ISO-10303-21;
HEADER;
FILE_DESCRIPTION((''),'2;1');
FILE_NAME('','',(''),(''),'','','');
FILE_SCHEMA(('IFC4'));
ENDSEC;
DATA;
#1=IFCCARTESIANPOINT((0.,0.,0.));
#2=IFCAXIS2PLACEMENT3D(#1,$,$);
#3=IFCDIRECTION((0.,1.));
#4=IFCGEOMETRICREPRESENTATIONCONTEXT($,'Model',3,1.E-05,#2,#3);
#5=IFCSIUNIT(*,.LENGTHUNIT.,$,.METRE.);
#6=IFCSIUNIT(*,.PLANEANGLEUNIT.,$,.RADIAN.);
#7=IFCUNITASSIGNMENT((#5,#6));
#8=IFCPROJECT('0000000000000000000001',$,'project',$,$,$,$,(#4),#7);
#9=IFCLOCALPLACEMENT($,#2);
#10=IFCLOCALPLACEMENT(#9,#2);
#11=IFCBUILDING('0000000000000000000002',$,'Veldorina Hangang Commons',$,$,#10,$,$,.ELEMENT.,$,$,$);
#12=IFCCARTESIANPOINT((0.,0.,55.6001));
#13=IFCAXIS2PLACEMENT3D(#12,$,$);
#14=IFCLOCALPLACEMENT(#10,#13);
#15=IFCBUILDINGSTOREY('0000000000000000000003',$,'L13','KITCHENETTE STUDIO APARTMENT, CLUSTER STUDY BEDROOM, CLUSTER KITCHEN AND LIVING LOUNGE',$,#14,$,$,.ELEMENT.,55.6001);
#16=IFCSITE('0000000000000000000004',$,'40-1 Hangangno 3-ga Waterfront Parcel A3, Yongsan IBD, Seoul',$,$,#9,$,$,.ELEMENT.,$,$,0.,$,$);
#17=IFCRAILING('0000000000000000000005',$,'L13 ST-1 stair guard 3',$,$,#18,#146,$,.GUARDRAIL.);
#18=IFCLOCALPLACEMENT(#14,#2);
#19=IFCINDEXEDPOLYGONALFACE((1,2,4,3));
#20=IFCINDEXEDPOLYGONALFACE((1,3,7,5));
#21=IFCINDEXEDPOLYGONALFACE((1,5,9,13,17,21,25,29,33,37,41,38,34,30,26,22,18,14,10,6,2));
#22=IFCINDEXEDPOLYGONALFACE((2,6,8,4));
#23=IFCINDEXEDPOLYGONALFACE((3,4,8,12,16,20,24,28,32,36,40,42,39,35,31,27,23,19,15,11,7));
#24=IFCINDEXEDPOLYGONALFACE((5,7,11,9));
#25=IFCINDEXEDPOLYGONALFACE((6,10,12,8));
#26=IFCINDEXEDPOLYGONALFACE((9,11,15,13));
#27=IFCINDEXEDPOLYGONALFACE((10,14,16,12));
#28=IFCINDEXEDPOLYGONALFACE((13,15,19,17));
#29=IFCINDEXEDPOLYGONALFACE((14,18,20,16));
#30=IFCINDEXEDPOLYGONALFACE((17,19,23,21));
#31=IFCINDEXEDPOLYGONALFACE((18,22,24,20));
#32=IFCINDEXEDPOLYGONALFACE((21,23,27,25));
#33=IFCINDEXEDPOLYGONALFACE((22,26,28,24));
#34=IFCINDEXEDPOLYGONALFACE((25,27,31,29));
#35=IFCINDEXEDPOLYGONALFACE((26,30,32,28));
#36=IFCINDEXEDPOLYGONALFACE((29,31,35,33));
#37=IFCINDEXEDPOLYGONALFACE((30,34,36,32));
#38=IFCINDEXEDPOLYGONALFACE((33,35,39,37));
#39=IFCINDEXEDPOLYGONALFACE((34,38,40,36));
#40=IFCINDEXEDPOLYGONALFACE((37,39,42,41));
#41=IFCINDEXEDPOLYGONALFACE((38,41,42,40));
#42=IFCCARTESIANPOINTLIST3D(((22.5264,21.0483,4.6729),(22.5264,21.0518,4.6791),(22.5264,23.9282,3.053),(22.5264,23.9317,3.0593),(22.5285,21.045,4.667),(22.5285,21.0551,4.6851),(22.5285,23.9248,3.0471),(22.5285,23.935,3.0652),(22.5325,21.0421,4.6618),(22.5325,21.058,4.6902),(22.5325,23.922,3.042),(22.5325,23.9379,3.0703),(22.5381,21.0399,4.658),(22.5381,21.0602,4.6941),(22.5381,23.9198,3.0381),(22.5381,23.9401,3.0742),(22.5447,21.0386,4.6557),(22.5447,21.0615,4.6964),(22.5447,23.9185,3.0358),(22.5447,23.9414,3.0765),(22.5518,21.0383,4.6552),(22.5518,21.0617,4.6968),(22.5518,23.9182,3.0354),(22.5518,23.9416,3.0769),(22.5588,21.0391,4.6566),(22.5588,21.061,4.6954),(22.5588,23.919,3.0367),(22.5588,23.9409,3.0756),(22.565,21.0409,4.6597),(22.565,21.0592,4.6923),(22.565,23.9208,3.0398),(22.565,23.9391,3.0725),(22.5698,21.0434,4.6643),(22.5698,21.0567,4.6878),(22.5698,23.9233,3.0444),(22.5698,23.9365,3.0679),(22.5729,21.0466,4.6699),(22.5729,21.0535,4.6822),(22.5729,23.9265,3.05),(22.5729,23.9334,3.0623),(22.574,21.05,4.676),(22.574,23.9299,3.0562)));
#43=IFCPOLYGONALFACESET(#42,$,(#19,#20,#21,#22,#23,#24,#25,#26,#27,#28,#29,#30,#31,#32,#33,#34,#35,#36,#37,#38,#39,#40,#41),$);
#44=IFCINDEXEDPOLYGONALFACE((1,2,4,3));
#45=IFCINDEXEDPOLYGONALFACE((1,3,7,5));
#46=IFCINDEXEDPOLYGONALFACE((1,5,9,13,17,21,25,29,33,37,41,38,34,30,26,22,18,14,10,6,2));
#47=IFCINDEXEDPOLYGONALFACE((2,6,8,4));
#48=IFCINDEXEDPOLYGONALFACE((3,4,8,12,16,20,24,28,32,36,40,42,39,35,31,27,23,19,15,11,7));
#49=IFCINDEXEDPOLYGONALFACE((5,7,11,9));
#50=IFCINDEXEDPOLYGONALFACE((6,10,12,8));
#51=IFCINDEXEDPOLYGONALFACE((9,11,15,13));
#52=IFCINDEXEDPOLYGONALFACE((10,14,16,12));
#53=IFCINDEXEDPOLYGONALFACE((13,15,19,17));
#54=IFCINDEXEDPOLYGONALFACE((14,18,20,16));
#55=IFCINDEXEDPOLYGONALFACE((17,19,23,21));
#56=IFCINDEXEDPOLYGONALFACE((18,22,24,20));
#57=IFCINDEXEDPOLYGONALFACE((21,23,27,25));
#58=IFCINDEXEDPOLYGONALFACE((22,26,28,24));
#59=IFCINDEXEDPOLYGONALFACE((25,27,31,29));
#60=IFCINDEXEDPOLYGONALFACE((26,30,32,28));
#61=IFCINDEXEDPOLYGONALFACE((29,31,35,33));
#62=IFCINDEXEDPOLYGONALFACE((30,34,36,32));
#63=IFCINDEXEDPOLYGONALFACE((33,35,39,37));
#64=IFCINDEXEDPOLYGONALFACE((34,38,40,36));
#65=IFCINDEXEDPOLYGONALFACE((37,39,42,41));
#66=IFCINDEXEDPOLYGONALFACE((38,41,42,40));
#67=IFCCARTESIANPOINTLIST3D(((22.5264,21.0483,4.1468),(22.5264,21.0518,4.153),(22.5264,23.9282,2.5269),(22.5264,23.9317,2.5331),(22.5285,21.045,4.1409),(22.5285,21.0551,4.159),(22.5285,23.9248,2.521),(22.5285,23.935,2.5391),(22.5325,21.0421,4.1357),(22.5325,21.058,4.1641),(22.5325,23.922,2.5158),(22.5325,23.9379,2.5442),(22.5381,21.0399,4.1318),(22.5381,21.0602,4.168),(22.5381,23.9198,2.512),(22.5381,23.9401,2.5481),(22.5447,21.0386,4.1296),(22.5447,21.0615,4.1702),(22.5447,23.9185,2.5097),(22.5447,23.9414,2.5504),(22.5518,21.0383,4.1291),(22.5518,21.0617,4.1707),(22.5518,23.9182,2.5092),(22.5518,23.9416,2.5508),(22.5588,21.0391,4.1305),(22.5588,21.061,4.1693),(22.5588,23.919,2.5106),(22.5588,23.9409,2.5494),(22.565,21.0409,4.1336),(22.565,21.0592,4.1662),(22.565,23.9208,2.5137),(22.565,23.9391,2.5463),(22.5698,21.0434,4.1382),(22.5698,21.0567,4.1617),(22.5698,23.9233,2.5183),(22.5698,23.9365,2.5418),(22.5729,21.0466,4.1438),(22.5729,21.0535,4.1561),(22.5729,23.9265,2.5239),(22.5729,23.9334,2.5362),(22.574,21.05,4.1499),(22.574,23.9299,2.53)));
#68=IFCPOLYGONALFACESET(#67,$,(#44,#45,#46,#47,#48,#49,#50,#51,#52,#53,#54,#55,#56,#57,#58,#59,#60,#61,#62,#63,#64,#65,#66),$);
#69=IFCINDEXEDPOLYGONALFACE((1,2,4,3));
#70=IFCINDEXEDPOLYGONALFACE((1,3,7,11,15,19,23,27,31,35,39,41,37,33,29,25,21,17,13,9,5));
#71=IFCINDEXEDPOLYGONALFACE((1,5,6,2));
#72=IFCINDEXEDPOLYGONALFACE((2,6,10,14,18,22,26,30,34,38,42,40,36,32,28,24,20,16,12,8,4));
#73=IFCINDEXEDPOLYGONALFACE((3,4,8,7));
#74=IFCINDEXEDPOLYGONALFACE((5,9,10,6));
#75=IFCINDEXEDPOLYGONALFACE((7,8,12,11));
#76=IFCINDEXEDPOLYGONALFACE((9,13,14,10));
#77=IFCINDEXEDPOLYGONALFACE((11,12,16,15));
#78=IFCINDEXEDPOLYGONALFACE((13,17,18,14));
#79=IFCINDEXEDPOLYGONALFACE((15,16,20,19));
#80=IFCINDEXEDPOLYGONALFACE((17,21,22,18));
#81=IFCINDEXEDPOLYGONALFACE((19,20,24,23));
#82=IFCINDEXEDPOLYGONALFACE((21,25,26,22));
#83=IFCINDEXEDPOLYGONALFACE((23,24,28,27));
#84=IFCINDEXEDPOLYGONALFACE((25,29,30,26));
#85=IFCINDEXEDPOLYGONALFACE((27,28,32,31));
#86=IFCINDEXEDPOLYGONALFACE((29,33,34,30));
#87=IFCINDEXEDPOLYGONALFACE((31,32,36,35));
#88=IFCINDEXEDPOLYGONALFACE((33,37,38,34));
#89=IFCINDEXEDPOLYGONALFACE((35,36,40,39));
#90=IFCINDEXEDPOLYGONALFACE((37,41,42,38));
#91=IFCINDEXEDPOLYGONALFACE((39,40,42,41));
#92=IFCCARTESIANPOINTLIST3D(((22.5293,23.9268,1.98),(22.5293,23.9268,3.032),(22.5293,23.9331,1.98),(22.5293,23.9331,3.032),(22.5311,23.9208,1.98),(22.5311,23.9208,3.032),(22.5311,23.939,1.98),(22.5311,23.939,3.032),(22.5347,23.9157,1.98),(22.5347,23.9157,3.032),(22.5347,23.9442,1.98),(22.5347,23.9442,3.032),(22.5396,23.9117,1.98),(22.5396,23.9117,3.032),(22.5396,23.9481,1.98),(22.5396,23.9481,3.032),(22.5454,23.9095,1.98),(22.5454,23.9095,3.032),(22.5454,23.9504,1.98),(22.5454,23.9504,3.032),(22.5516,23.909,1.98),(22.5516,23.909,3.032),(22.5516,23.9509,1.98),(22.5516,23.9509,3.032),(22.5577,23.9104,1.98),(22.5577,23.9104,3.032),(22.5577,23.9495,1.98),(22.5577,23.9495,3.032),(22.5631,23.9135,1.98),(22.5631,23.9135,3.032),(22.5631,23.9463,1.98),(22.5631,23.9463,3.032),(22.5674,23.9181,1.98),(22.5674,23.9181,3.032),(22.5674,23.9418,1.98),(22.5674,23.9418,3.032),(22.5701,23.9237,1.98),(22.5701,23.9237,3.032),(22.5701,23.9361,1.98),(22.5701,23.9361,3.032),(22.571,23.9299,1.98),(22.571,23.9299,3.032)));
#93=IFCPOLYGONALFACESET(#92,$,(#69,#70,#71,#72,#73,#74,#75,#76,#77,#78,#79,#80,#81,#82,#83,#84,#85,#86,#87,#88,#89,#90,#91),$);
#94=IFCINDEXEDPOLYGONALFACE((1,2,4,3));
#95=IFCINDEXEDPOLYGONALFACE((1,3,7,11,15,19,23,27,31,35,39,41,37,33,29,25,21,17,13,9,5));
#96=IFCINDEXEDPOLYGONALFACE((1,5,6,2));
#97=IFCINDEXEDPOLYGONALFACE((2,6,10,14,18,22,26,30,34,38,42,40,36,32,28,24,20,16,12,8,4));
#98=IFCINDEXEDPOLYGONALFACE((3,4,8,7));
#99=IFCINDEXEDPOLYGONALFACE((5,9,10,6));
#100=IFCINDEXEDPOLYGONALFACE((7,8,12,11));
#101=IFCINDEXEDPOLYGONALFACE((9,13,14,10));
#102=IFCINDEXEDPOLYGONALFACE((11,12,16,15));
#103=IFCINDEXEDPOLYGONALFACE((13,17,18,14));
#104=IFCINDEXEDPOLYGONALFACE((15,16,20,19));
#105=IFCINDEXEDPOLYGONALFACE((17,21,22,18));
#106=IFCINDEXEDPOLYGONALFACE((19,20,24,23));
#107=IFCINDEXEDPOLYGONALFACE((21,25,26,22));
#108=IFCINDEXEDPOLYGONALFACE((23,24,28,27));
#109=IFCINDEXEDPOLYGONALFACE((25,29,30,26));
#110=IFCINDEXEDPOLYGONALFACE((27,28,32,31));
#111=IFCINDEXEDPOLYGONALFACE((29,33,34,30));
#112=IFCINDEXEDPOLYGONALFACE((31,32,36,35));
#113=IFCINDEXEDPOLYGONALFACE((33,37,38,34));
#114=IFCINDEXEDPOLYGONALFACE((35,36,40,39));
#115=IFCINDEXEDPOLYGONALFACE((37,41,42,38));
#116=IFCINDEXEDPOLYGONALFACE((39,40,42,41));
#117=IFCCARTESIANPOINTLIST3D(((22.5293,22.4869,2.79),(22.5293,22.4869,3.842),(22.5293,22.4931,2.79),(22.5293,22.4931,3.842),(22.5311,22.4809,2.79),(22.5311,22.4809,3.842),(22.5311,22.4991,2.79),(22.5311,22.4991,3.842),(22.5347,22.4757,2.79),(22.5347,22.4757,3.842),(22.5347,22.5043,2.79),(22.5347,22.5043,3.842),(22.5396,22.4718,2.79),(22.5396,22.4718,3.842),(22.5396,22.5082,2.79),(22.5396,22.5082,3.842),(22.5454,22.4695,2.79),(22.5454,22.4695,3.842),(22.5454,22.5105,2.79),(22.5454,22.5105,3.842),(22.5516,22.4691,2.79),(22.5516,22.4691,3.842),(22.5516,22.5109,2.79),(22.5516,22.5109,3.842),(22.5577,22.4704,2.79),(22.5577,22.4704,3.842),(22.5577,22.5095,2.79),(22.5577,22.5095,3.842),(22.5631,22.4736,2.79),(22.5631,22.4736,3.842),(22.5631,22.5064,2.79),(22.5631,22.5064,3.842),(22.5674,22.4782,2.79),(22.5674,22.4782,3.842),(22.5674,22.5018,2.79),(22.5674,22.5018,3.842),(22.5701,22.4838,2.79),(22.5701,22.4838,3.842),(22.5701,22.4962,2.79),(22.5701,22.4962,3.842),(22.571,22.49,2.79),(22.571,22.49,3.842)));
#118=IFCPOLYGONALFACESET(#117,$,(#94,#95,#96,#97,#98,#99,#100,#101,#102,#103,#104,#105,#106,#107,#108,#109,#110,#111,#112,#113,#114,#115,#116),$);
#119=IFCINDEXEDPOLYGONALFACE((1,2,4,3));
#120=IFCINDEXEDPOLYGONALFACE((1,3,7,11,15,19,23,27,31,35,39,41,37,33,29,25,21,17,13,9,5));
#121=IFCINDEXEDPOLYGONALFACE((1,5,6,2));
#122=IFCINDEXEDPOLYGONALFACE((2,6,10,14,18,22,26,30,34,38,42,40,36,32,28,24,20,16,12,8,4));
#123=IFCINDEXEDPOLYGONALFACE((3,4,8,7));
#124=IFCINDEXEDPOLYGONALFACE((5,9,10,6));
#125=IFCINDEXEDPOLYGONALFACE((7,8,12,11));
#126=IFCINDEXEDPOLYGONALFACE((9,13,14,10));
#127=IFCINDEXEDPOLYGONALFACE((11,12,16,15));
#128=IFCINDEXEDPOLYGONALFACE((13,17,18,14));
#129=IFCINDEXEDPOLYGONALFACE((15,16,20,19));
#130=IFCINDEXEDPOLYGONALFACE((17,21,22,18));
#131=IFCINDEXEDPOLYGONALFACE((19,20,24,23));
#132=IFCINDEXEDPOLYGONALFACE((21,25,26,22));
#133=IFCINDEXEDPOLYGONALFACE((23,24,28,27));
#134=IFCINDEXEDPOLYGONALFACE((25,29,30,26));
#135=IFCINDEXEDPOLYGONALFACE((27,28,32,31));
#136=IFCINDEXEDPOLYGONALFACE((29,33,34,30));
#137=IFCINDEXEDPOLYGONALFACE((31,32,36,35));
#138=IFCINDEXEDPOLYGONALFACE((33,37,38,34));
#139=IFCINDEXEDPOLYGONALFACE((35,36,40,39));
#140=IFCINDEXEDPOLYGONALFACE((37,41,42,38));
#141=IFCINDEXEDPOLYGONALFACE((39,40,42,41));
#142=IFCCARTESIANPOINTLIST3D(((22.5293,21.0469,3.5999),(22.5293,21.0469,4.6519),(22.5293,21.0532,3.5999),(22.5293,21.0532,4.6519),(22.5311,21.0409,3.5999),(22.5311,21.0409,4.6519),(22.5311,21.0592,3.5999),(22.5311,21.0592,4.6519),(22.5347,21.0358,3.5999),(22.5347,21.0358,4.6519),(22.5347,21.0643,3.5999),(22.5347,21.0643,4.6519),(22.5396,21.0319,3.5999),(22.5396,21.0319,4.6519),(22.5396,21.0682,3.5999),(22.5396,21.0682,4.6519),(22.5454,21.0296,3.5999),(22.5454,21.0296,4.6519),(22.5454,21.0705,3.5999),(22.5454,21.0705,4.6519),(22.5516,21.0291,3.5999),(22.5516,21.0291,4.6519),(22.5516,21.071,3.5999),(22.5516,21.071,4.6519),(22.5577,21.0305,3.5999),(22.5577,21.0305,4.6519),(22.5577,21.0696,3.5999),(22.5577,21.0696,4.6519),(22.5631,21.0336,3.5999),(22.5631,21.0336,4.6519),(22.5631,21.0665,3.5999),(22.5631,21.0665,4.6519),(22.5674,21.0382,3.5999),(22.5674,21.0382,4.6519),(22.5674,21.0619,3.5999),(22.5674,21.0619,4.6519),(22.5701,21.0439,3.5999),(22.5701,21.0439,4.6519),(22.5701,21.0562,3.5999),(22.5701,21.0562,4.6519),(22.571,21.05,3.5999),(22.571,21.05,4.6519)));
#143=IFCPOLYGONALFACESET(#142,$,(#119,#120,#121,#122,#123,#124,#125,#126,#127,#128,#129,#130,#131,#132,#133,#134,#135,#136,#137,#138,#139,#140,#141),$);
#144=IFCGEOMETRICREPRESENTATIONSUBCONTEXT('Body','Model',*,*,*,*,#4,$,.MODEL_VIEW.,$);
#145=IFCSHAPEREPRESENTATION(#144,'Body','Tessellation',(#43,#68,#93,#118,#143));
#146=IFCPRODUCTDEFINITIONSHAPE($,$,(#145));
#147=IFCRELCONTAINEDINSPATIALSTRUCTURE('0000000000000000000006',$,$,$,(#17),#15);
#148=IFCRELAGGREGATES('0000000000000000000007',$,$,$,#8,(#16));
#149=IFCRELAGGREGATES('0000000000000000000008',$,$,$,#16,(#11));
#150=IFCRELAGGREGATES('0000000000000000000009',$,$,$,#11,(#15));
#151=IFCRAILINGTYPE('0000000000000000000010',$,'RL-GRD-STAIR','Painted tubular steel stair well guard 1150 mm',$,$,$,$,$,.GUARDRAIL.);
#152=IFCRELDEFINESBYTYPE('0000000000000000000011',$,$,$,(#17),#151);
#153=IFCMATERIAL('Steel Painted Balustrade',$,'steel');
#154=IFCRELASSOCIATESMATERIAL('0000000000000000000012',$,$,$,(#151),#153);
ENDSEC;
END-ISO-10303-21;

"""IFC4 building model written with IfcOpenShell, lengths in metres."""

from ifc_helpers import new_model, si_unit, direction, frame, origin, origin_2d, place, context, subcontext, project, spatial, circle, extrude, material, type_object, element, save


model = new_model("IFC4")

# Units and contexts
model_context = context("Model", 3, precision=1e-05, world=origin(), true_north=direction((0.0, 1.0)))
body_context = subcontext(model_context, "Body", "Model", "MODEL_VIEW")
ifc_project = project(units=[si_unit("LENGTHUNIT", "METRE"), si_unit("PLANEANGLEUNIT", "RADIAN")], contexts=[model_context])

# Site, building, storey
site_placement = place(None, origin())
site = spatial("IfcSite", under=ifc_project, at=site_placement, Name="40-1 Hangangno 3-ga Waterfront Parcel A3, Yongsan IBD, Seoul", CompositionType="ELEMENT", RefElevation=0.0)
building_placement = place(site_placement, origin())
building = spatial("IfcBuilding", under=site, at=building_placement, Name="Veldorina Hangang Commons", CompositionType="ELEMENT")
storey_placement = place(building_placement, frame((0.0, 0.0, 55.6001)))
storey = spatial("IfcBuildingStorey", under=building, at=storey_placement, Name="L13", Description="KITCHENETTE STUDIO APARTMENT, CLUSTER STUDY BEDROOM, CLUSTER KITCHEN AND LIVING LOUNGE", CompositionType="ELEMENT", Elevation=55.6001)

# Railing
ifc_material_1 = material(Name="Steel Painted Balustrade", Category="steel")
railing_type_1 = type_object("IfcRailingType", Name="RL-GRD-STAIR", Description="Painted tubular steel stair well guard 1150 mm", PredefinedType="GUARDRAIL", material=ifc_material_1)
railing_1_placement = place(storey_placement, frame((22.55, 23.9299, 1.98)))
element("IfcRailing", 1, at=railing_1_placement, inside=storey, type_object=railing_type_1, Name="L13 ST-1 stair guard 3", PredefinedType="GUARDRAIL", context=body_context, shape_type="SweptSolid", body=[
    extrude(circle(Radius=0.0239, at=origin_2d()), frame((0.0, 0.0, 1.0762), z_axis=(0.0, -0.871583, 0.490247), x_axis=(1.0, 0.0, 0.0)), (0.0, 0.0, 1.0), 3.3042),
    extrude(circle(Radius=0.0239, at=origin_2d()), frame((0.0, 0.0, 0.55), z_axis=(0.0, -0.871583, 0.490247), x_axis=(1.0, 0.0, 0.0)), (0.0, 0.0, 1.0), 3.3042),
    extrude(circle(Radius=0.021, at=origin_2d()), origin(), (0.0, 0.0, 1.0), 1.052),
    extrude(circle(Radius=0.021, at=origin_2d()), frame((0.0, -1.4399, 0.8101)), (0.0, 0.0, 1.0), 1.052),
    extrude(circle(Radius=0.021, at=origin_2d()), frame((0.0, -2.8799, 1.6199)), (0.0, 0.0, 1.0), 1.052),
])

save(model, "model.ifc")
